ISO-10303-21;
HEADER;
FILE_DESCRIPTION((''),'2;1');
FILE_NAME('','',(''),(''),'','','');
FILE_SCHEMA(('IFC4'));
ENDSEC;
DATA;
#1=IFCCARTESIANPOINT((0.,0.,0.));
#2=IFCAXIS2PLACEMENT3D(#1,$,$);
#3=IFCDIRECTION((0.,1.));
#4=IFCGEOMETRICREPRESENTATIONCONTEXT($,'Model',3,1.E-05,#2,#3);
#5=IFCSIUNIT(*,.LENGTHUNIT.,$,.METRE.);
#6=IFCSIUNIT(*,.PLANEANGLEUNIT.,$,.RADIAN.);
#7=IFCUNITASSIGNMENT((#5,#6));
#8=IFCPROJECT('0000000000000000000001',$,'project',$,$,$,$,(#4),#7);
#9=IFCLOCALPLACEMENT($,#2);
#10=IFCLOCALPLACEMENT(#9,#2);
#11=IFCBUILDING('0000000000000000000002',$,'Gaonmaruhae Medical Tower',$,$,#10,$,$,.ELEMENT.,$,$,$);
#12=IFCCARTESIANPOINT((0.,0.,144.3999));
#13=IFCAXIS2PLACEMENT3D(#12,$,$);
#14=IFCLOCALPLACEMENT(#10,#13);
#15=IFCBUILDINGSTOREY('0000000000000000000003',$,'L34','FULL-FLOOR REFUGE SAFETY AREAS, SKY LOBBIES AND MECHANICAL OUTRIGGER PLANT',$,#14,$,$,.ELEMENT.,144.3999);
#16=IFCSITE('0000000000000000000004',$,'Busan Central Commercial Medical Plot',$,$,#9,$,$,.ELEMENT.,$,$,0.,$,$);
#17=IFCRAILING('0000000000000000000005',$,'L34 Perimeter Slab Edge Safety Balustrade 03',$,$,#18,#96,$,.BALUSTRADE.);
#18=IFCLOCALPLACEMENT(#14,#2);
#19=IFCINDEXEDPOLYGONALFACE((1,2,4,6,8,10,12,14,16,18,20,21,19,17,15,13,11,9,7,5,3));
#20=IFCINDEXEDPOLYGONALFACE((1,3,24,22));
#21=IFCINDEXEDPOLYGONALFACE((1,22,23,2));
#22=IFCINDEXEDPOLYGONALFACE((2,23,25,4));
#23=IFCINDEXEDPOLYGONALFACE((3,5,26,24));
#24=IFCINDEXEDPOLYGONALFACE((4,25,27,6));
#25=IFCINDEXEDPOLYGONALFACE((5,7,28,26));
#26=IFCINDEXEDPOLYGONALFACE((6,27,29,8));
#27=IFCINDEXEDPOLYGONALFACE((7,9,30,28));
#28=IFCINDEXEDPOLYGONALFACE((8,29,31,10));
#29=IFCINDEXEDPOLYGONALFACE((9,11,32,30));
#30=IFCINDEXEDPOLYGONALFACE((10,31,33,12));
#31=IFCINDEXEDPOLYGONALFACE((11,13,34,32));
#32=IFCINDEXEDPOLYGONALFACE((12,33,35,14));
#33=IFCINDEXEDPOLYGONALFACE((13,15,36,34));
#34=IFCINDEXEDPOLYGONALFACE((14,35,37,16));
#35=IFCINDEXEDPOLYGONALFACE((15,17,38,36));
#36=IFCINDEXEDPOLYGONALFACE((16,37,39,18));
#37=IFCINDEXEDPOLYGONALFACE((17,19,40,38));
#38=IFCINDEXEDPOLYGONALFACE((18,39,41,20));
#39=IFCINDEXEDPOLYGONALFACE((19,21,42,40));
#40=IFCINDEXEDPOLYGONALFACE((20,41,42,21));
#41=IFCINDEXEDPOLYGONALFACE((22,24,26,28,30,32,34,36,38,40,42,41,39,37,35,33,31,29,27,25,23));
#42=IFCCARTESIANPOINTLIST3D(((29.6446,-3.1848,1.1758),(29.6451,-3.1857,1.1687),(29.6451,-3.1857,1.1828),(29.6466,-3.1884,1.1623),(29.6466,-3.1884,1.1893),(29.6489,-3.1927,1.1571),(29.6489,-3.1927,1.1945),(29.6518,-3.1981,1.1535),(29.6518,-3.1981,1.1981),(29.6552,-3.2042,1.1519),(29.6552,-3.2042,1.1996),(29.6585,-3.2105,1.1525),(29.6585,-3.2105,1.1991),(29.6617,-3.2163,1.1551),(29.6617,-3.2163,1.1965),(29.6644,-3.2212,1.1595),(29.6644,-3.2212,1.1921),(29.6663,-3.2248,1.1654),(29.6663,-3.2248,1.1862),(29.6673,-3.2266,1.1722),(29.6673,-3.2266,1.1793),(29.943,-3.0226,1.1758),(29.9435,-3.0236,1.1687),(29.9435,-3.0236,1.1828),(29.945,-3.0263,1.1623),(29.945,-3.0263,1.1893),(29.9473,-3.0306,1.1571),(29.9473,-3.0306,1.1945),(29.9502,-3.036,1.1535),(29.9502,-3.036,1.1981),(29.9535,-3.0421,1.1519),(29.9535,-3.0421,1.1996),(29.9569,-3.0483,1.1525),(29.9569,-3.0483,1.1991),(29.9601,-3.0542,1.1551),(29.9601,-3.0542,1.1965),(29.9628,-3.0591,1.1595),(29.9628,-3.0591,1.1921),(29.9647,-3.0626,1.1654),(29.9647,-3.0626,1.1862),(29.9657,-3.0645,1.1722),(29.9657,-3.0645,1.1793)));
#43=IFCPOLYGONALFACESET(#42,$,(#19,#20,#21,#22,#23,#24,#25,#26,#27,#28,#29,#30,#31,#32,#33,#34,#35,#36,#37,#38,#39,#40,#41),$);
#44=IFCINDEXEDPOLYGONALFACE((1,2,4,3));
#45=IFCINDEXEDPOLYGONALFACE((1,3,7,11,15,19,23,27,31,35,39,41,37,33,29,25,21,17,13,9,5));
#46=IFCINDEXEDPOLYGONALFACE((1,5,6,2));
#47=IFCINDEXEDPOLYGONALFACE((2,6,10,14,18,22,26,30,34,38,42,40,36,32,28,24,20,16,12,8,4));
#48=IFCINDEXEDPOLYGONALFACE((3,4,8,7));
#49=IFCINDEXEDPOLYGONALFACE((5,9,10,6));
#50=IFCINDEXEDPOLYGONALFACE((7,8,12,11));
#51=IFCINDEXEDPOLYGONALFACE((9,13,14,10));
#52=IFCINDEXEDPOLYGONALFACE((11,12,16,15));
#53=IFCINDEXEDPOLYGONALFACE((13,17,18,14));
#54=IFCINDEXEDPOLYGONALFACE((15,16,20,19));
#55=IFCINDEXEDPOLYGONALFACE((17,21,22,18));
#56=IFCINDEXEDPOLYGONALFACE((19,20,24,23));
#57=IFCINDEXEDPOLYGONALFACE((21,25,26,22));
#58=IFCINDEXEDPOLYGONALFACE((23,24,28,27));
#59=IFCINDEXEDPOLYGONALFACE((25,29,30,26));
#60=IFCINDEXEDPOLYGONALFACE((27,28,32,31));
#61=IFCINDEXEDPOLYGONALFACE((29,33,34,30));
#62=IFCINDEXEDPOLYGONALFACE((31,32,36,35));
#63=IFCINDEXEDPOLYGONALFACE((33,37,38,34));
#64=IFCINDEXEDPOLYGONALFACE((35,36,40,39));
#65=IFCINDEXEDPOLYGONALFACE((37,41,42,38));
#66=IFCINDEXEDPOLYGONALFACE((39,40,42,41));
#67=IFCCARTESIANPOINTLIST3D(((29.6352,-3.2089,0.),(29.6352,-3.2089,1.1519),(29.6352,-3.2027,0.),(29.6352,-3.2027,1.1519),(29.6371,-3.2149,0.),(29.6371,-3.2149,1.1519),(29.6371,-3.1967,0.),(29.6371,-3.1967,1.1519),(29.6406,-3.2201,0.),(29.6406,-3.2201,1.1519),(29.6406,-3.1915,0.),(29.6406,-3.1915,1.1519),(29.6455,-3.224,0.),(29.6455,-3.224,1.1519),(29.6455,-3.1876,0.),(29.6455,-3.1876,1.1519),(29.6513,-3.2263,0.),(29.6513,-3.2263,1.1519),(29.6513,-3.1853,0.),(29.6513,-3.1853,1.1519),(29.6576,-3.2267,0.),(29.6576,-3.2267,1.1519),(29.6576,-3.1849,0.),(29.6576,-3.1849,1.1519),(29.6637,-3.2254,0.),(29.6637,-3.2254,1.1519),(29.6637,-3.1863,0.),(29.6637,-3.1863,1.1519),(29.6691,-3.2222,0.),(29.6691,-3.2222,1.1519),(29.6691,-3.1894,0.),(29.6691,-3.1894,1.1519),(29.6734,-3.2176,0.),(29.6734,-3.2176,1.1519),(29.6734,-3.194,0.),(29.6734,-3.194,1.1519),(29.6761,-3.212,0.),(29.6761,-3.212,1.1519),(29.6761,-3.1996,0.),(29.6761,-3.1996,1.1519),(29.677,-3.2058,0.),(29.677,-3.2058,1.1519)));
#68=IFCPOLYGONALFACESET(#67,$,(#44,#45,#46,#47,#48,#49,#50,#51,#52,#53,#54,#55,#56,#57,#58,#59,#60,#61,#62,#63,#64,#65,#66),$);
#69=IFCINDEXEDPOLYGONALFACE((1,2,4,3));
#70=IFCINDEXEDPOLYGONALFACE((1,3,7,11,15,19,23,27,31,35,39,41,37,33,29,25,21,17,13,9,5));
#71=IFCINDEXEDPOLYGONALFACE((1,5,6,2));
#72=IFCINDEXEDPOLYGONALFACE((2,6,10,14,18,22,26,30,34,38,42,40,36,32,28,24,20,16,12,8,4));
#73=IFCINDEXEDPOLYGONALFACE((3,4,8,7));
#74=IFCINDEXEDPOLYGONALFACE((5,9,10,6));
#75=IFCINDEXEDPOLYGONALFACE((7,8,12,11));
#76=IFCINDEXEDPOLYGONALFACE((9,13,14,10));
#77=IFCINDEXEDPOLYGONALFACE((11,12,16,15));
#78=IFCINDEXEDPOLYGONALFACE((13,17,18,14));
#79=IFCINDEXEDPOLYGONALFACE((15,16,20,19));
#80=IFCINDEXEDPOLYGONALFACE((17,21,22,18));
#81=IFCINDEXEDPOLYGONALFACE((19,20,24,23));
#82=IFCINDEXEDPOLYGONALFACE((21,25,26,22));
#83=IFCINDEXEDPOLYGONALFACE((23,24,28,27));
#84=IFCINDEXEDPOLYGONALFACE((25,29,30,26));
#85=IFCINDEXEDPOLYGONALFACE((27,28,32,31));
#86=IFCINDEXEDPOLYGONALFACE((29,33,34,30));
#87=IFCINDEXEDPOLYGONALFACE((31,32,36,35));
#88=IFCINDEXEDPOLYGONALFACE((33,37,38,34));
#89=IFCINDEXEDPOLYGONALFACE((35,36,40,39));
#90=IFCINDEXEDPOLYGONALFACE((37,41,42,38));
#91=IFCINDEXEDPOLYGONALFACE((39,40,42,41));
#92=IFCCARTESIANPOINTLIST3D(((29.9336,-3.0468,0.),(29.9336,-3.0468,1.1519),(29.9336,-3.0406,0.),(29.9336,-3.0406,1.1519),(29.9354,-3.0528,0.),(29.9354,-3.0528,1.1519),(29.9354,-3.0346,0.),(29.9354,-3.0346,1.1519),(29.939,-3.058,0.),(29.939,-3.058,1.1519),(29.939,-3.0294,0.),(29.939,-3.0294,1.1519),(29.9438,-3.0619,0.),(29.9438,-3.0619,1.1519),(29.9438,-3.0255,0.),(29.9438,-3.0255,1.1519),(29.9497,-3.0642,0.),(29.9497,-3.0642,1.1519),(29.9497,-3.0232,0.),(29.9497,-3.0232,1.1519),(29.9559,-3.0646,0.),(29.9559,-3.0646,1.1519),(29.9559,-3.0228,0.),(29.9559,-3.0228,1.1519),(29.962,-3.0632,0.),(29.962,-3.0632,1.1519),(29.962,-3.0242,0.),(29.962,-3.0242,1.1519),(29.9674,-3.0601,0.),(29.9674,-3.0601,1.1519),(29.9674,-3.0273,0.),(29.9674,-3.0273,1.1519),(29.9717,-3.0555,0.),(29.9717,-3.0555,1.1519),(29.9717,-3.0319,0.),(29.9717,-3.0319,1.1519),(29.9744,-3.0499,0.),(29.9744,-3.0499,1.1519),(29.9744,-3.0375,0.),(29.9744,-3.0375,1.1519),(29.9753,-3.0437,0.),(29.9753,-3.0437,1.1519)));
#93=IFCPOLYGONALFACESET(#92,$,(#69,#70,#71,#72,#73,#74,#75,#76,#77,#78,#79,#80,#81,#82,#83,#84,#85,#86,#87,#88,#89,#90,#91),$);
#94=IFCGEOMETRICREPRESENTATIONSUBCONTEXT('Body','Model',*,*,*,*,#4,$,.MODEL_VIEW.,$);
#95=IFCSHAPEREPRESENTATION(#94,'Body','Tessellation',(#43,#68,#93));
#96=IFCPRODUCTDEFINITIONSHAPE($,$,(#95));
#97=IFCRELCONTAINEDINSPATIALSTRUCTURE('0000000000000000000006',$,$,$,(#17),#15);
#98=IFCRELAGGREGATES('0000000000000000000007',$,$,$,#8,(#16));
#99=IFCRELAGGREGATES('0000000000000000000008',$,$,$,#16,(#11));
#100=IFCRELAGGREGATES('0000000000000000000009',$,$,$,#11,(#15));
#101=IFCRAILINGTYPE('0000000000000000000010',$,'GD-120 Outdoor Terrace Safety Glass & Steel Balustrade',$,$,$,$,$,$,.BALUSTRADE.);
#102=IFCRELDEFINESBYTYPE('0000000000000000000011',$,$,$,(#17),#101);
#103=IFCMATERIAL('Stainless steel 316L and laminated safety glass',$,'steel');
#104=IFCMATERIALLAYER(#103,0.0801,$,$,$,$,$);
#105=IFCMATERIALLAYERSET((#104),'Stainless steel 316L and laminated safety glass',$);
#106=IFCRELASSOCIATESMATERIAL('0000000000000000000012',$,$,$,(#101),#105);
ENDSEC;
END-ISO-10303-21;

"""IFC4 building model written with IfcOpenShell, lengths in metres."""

from ifc_helpers import new_model, si_unit, direction, frame, origin, origin_2d, place, context, subcontext, project, spatial, circle, extrude, material, layer, layer_set, type_object, element, save


model = new_model("IFC4")

# Units and contexts
model_context = context("Model", 3, precision=1e-05, world=origin(), true_north=direction((0.0, 1.0)))
body_context = subcontext(model_context, "Body", "Model", "MODEL_VIEW")
ifc_project = project(units=[si_unit("LENGTHUNIT", "METRE"), si_unit("PLANEANGLEUNIT", "RADIAN")], contexts=[model_context])

# Site, building, storey
site_placement = place(None, origin())
site = spatial("IfcSite", under=ifc_project, at=site_placement, Name="Busan Central Commercial Medical Plot", CompositionType="ELEMENT", RefElevation=0.0)
building_placement = place(site_placement, origin())
building = spatial("IfcBuilding", under=site, at=building_placement, Name="Gaonmaruhae Medical Tower", CompositionType="ELEMENT")
storey_placement = place(building_placement, frame((0.0, 0.0, 144.3999)))
storey = spatial("IfcBuildingStorey", under=building, at=storey_placement, Name="L34", Description="FULL-FLOOR REFUGE SAFETY AREAS, SKY LOBBIES AND MECHANICAL OUTRIGGER PLANT", CompositionType="ELEMENT", Elevation=144.3999)

# Railing
ifc_material_1 = material(Name="Stainless steel 316L and laminated safety glass", Category="steel")
ifc_layer_1 = layer(ifc_material_1, 0.0801)
ifc_layer_set_1 = layer_set([ifc_layer_1], Name="Stainless steel 316L and laminated safety glass")
railing_type = type_object("IfcRailingType", Name="GD-120 Outdoor Terrace Safety Glass & Steel Balustrade", PredefinedType="BALUSTRADE", material=ifc_layer_set_1)
railing_1_placement = place(storey_placement, frame((29.656, -3.2058, 0.0)))
element("IfcRailing", 1, at=railing_1_placement, inside=storey, type_object=railing_type, Name="L34 Perimeter Slab Edge Safety Balustrade 03", PredefinedType="BALUSTRADE", context=body_context, shape_type="SweptSolid", body=[
    extrude(circle(Radius=0.0239, at=origin_2d()), frame((0.0, 0.0, 1.1758), z_axis=(0.878664, 0.477441, 0.0), x_axis=(-0.477441, 0.878664, 0.0)), (0.0, 0.0, 1.0), 0.3396),
    extrude(circle(Radius=0.021, at=origin_2d()), origin(), (0.0, 0.0, 1.0), 1.1519),
    extrude(circle(Radius=0.021, at=origin_2d()), frame((0.2983, 0.1621, 0.0)), (0.0, 0.0, 1.0), 1.1519),
])

save(model, "model.ifc")
